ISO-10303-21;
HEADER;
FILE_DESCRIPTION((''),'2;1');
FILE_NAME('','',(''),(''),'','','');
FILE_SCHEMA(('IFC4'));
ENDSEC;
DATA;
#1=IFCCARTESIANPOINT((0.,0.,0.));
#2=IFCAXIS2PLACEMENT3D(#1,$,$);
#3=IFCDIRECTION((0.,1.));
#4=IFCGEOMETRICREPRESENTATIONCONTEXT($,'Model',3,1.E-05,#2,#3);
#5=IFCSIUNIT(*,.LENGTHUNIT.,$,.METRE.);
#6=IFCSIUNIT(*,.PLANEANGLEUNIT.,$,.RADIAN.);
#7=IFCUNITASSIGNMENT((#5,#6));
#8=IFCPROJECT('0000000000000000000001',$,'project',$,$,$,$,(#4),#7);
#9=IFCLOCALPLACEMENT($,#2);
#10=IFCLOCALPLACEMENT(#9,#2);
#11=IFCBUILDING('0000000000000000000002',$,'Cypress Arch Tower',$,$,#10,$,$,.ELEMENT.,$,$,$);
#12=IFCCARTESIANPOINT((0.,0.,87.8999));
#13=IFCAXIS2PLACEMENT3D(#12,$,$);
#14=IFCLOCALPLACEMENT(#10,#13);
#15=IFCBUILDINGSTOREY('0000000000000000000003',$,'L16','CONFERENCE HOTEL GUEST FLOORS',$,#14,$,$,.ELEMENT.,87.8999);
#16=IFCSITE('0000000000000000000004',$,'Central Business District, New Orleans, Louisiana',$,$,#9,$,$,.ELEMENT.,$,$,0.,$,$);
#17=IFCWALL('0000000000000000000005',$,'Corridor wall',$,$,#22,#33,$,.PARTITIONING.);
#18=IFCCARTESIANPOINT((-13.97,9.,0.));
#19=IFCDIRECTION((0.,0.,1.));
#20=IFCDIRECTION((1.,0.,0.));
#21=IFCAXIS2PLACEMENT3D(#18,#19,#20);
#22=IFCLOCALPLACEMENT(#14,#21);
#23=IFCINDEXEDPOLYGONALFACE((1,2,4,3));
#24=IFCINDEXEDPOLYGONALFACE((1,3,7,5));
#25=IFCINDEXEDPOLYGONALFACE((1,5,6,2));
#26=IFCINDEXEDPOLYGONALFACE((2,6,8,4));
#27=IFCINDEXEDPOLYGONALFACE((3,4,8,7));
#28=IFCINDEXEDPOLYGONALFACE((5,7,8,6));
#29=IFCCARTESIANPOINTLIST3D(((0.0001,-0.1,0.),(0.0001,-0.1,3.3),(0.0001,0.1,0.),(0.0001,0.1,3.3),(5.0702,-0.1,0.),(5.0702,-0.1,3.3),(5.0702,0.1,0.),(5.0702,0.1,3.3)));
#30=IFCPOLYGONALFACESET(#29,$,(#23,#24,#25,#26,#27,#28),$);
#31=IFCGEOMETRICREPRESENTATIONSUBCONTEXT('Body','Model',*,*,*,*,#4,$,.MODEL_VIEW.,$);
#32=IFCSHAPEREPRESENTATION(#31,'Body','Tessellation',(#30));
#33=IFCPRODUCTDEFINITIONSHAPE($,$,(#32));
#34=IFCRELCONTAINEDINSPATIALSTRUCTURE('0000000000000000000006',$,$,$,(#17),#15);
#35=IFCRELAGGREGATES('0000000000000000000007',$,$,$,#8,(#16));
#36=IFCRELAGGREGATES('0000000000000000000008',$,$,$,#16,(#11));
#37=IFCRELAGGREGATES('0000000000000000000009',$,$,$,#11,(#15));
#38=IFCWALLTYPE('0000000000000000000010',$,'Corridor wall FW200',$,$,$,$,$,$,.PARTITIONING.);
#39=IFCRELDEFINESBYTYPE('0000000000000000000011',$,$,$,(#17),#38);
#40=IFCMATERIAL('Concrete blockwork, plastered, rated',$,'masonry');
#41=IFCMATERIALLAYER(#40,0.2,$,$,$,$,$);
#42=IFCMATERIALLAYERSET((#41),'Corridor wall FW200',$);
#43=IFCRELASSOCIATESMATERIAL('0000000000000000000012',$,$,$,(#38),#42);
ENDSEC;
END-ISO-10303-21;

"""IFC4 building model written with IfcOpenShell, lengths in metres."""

from ifc_helpers import new_model, si_unit, direction, frame, frame_2d, origin, place, context, subcontext, project, spatial, rectangle, extrude, material, layer, layer_set, type_object, element, save


model = new_model("IFC4")

# Units and contexts
model_context = context("Model", 3, precision=1e-05, world=origin(), true_north=direction((0.0, 1.0)))
body_context = subcontext(model_context, "Body", "Model", "MODEL_VIEW")
ifc_project = project(units=[si_unit("LENGTHUNIT", "METRE"), si_unit("PLANEANGLEUNIT", "RADIAN")], contexts=[model_context])

# Site, building, storey
site_placement = place(None, origin())
site = spatial("IfcSite", under=ifc_project, at=site_placement, Name="Central Business District, New Orleans, Louisiana", CompositionType="ELEMENT", RefElevation=0.0)
building_placement = place(site_placement, origin())
building = spatial("IfcBuilding", under=site, at=building_placement, Name="Cypress Arch Tower", CompositionType="ELEMENT")
storey_placement = place(building_placement, frame((0.0, 0.0, 87.8999)))
storey = spatial("IfcBuildingStorey", under=building, at=storey_placement, Name="L16", Description="CONFERENCE HOTEL GUEST FLOORS", CompositionType="ELEMENT", Elevation=87.8999)

# Shared definitions
ifc_material_1 = material(Name="Concrete blockwork, plastered, rated", Category="masonry")
ifc_layer_1 = layer(ifc_material_1, 0.2)
ifc_layer_set_1 = layer_set([ifc_layer_1], Name="Corridor wall FW200")
wall_type_1 = type_object("IfcWallType", Name="Corridor wall FW200", PredefinedType="PARTITIONING", material=ifc_layer_set_1)

# Wall
wall_1_placement = place(storey_placement, frame((-13.97, 9.0, 0.0), z_axis=(0.0, 0.0, 1.0), x_axis=(1.0, 0.0, 0.0)))
element("IfcWall", 1, at=wall_1_placement, inside=storey, type_object=wall_type_1, Name="Corridor wall", PredefinedType="PARTITIONING", context=body_context, shape_type="SweptSolid", body=[
    extrude(rectangle(XDim=5.0701, YDim=0.2, at=frame_2d((2.5352, 0.0))), origin(), (0.0, 0.0, 1.0), 3.3),
])

save(model, "model.ifc")
